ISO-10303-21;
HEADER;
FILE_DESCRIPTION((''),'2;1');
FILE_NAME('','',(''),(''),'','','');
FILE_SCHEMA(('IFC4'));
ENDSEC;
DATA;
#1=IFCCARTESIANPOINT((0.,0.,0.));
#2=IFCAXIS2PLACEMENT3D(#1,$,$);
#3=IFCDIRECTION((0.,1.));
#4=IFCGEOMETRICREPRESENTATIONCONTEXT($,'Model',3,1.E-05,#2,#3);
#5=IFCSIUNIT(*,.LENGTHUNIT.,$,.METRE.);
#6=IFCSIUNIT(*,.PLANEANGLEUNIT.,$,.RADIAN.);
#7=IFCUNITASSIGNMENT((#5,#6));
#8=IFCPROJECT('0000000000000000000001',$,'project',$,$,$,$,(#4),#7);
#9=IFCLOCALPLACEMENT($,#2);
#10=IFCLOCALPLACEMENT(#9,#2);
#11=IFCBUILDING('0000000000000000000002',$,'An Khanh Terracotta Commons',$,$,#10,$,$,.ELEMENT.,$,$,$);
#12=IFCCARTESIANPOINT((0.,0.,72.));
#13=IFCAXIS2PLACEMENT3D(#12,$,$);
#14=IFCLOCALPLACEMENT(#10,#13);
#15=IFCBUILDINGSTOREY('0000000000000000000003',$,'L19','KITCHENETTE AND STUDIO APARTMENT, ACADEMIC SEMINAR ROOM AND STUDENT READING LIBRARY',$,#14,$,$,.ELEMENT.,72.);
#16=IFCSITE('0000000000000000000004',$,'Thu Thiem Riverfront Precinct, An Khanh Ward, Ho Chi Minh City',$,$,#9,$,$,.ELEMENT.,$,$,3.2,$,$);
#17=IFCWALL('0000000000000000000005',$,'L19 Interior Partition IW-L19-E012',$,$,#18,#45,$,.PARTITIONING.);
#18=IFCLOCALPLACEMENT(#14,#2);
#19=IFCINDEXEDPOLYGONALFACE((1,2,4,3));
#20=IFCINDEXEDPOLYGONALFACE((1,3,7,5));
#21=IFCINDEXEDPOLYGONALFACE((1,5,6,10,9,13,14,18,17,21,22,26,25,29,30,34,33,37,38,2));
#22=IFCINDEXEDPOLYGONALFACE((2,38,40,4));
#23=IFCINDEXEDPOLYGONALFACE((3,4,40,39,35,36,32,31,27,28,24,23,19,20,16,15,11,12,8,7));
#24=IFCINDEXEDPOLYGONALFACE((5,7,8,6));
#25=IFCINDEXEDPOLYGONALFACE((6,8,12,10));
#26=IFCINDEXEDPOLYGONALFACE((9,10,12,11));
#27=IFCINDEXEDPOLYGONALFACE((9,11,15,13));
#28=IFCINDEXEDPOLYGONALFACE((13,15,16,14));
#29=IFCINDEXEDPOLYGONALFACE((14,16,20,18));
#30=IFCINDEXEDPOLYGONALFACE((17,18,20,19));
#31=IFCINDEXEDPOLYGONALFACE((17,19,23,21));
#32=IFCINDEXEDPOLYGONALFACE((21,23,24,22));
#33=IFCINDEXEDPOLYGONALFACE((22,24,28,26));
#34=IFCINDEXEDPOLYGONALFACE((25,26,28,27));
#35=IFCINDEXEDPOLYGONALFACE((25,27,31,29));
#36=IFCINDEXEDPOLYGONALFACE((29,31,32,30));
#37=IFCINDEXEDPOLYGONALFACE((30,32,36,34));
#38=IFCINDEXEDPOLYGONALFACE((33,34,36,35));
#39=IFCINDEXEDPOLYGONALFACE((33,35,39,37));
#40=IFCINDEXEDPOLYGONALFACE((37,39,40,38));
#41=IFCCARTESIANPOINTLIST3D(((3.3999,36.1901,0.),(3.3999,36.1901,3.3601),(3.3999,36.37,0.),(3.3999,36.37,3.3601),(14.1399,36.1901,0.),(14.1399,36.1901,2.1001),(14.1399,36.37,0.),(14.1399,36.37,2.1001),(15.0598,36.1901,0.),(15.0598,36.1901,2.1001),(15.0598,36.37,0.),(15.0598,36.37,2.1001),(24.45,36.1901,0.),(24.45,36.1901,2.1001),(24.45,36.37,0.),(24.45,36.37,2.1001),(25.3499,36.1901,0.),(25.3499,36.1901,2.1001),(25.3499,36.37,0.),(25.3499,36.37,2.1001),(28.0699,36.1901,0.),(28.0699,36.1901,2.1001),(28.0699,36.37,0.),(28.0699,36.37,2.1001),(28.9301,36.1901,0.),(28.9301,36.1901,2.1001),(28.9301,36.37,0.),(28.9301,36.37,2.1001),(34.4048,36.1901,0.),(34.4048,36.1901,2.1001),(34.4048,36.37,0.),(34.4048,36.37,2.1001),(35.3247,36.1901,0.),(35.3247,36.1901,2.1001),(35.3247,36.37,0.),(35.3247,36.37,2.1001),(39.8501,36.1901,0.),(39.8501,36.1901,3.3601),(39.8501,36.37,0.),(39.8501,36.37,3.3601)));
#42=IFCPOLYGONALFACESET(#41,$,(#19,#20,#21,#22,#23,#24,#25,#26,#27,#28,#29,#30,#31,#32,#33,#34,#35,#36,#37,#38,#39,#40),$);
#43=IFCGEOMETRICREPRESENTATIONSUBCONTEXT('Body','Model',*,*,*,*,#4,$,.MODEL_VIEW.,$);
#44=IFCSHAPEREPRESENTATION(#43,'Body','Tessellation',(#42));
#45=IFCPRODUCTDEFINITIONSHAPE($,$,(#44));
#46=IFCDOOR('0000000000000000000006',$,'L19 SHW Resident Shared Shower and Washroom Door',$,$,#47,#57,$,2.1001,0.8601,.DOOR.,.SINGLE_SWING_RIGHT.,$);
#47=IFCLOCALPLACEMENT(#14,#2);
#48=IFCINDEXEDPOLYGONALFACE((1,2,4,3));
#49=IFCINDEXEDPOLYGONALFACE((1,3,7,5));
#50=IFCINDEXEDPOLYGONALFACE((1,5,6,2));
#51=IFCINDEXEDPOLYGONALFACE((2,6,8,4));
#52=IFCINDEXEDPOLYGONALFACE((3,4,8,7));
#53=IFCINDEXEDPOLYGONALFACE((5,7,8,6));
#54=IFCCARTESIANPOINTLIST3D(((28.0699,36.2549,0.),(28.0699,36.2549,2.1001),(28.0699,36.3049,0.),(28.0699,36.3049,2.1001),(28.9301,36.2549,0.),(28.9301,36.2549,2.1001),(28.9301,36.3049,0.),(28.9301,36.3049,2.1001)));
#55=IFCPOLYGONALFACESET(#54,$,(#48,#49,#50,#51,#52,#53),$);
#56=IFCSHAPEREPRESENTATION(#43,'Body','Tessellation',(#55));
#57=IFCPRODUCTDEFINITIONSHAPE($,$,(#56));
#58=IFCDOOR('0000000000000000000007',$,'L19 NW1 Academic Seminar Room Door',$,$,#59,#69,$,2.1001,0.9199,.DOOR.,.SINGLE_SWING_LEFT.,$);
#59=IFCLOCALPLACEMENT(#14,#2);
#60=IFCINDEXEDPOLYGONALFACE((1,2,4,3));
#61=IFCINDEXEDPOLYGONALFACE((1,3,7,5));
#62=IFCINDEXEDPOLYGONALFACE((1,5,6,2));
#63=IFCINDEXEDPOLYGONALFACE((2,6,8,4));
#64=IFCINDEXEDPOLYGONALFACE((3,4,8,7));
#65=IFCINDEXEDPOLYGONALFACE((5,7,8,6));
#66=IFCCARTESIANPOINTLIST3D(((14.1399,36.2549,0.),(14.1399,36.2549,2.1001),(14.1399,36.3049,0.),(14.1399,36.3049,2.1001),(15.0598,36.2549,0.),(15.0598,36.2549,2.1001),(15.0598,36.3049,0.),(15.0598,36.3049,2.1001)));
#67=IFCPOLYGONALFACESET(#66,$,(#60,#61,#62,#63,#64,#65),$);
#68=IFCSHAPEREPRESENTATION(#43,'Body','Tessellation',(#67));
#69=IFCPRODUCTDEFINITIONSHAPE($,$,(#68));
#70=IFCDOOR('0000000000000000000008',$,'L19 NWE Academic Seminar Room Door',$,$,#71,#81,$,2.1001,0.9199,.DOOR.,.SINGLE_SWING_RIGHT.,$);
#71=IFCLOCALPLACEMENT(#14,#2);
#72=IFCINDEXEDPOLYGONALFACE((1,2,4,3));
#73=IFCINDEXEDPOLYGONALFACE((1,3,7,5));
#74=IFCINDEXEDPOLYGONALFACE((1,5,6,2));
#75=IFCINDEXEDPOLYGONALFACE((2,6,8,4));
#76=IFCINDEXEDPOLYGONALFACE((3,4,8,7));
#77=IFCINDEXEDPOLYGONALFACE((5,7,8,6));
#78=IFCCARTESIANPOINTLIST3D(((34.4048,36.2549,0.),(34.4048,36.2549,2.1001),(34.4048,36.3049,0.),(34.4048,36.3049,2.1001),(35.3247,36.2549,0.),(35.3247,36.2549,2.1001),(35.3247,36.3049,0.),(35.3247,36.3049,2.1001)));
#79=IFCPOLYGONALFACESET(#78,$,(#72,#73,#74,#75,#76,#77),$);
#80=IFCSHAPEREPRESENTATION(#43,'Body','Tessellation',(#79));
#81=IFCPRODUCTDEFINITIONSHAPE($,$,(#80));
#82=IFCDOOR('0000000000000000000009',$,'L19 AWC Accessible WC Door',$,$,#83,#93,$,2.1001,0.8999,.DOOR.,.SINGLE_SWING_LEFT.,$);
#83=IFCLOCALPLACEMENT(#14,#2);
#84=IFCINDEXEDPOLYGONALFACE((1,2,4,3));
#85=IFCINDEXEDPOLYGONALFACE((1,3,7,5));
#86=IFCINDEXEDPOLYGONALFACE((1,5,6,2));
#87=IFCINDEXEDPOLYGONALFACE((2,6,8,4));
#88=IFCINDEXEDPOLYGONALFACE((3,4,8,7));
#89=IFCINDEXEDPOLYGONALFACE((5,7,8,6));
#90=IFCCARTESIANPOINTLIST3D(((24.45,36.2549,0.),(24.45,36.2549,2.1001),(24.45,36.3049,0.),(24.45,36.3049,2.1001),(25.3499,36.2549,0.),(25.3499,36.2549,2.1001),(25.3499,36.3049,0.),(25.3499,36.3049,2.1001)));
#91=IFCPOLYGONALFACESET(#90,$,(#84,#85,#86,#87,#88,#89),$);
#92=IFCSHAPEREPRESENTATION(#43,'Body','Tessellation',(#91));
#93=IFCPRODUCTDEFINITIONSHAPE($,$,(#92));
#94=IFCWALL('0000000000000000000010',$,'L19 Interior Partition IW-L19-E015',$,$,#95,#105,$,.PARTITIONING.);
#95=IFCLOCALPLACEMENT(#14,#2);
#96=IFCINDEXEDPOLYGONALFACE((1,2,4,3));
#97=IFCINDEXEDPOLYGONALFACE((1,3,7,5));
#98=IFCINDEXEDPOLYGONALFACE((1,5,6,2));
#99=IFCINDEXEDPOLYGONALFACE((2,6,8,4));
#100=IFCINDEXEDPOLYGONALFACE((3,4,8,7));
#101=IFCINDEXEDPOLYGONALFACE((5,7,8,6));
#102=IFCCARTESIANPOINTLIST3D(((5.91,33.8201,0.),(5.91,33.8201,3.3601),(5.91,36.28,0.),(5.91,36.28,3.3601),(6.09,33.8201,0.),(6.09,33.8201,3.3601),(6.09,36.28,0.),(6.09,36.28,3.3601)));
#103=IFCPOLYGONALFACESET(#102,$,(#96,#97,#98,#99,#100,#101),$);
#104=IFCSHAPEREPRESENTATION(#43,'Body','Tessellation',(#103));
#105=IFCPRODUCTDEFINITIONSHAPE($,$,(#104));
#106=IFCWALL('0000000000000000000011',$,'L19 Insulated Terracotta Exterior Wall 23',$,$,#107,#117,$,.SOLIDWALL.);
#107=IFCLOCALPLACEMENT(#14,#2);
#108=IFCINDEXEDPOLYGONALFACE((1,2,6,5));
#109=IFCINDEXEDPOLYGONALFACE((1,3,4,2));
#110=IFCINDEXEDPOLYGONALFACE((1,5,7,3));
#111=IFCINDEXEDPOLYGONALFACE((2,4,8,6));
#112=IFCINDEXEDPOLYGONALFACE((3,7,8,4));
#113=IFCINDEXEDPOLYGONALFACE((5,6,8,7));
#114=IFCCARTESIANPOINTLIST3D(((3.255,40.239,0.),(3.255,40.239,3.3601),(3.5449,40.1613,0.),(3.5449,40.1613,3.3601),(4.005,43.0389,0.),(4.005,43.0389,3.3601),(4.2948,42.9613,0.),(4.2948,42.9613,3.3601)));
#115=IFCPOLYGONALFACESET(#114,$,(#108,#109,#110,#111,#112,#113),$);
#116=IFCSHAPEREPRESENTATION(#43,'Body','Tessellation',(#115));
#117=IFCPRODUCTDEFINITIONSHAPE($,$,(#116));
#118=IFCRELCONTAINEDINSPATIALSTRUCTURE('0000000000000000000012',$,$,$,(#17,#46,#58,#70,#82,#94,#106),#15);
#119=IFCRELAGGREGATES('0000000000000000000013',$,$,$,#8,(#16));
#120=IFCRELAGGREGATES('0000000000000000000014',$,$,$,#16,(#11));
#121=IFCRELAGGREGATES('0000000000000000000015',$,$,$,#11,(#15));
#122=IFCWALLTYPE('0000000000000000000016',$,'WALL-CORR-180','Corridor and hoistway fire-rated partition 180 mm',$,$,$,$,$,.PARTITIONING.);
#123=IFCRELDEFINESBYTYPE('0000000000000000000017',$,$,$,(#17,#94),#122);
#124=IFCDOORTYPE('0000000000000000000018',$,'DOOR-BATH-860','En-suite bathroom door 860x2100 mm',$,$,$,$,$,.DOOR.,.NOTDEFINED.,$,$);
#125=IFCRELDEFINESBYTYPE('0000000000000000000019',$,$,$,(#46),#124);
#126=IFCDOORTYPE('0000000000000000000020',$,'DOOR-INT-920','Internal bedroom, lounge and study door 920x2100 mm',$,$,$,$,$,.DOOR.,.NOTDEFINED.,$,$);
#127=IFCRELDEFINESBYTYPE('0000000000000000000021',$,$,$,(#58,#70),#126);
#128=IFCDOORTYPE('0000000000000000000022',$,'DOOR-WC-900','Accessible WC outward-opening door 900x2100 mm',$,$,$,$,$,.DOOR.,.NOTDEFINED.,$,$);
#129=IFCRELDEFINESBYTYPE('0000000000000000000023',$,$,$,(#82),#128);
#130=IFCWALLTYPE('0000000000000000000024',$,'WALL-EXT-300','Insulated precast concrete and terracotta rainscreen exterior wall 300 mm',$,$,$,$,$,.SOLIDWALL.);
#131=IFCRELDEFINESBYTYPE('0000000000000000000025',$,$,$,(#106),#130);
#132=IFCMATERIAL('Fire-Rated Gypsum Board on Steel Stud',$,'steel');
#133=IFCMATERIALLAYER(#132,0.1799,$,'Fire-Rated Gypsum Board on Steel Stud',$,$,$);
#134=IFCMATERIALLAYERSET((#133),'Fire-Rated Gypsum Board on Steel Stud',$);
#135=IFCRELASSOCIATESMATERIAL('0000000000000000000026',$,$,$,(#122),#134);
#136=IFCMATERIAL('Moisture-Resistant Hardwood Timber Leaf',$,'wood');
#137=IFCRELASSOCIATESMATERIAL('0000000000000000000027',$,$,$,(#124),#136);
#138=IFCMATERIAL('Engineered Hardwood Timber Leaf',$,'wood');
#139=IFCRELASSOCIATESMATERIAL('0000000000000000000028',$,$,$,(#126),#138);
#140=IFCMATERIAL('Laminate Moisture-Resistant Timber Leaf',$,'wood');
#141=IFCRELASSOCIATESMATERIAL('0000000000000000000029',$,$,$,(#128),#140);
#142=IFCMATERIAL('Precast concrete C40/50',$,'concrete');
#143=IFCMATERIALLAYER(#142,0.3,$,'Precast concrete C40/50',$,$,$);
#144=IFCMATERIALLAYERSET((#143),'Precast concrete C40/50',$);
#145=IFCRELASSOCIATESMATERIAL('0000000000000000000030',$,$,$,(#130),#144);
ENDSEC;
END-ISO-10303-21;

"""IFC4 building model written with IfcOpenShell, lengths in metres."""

from ifc_helpers import new_model, si_unit, direction, frame, frame_2d, origin, place, context, subcontext, project, spatial, rectangle, extrude, material, layer, layer_set, type_object, element, fill, save


model = new_model("IFC4")

# Units and contexts
model_context = context("Model", 3, precision=1e-05, world=origin(), true_north=direction((0.0, 1.0)))
body_context = subcontext(model_context, "Body", "Model", "MODEL_VIEW")
ifc_project = project(units=[si_unit("LENGTHUNIT", "METRE"), si_unit("PLANEANGLEUNIT", "RADIAN")], contexts=[model_context])

# Site, building, storey
site_placement = place(None, origin())
site = spatial("IfcSite", under=ifc_project, at=site_placement, Name="Thu Thiem Riverfront Precinct, An Khanh Ward, Ho Chi Minh City", CompositionType="ELEMENT", RefElevation=3.2)
building_placement = place(site_placement, origin())
building = spatial("IfcBuilding", under=site, at=building_placement, Name="An Khanh Terracotta Commons", CompositionType="ELEMENT")
storey_placement = place(building_placement, frame((0.0, 0.0, 72.0)))
storey = spatial("IfcBuildingStorey", under=building, at=storey_placement, Name="L19", Description="KITCHENETTE AND STUDIO APARTMENT, ACADEMIC SEMINAR ROOM AND STUDENT READING LIBRARY", CompositionType="ELEMENT", Elevation=72.0)

# Shared definitions
ifc_material_1 = material(Name="Fire-Rated Gypsum Board on Steel Stud", Category="steel")
ifc_layer_1 = layer(ifc_material_1, 0.1799, Name="Fire-Rated Gypsum Board on Steel Stud")
ifc_layer_set_1 = layer_set([ifc_layer_1], Name="Fire-Rated Gypsum Board on Steel Stud")
wall_type_1 = type_object("IfcWallType", Name="WALL-CORR-180", Description="Corridor and hoistway fire-rated partition 180 mm", PredefinedType="PARTITIONING", material=ifc_layer_set_1)

# Wall, openings, doors
wall_1_placement = place(storey_placement, frame((3.3999, 36.28, 0.0), z_axis=(0.0, 0.0, 1.0), x_axis=(1.0, 0.0, 0.0)))
wall_1 = element("IfcWall", 1, at=wall_1_placement, inside=storey, type_object=wall_type_1, Name="L19 Interior Partition IW-L19-E012", PredefinedType="PARTITIONING", context=body_context, shape_type="SweptSolid", body=[
    extrude(rectangle(XDim=36.4502, YDim=0.1799, at=frame_2d((18.2251, 0.0))), origin(), (0.0, 0.0, 1.0), 3.3601),
])
opening_1_placement = place(wall_1_placement, frame((21.05, 0.0, 0.0)))
opening_1 = element("IfcOpeningElement", 2, at=opening_1_placement, cuts=wall_1, PredefinedType="OPENING", context=body_context, shape_type="SweptSolid", body=[
    extrude(rectangle(XDim=0.8999, YDim=2.1001, at=frame_2d((0.45, 1.05))), frame((0.0, 0.0999, 0.0), z_axis=(0.0, -1.0, 0.0), x_axis=(1.0, 0.0, 0.0)), (0.0, 0.0, 1.0), 0.2),
])
opening_2_placement = place(wall_1_placement, frame((24.6699, 0.0, 0.0)))
opening_2 = element("IfcOpeningElement", 3, at=opening_2_placement, cuts=wall_1, PredefinedType="OPENING", context=body_context, shape_type="SweptSolid", body=[
    extrude(rectangle(XDim=0.8601, YDim=2.1001, at=frame_2d((0.4302, 1.05))), frame((0.0, 0.0999, 0.0), z_axis=(0.0, -1.0, 0.0), x_axis=(1.0, 0.0, 0.0)), (0.0, 0.0, 1.0), 0.2),
])
opening_3_placement = place(wall_1_placement, frame((10.74, 0.0, 0.0)))
opening_3 = element("IfcOpeningElement", 4, at=opening_3_placement, cuts=wall_1, PredefinedType="OPENING", context=body_context, shape_type="SweptSolid", body=[
    extrude(rectangle(XDim=0.9199, YDim=2.1001, at=frame_2d((0.46, 1.05))), frame((0.0, 0.0999, 0.0), z_axis=(0.0, -1.0, 0.0), x_axis=(1.0, 0.0, 0.0)), (0.0, 0.0, 1.0), 0.2),
])
opening_4_placement = place(wall_1_placement, frame((31.0049, 0.0, 0.0)))
opening_4 = element("IfcOpeningElement", 5, at=opening_4_placement, cuts=wall_1, PredefinedType="OPENING", context=body_context, shape_type="SweptSolid", body=[
    extrude(rectangle(XDim=0.9199, YDim=2.1001, at=frame_2d((0.46, 1.05))), frame((0.0, 0.0999, 0.0), z_axis=(0.0, -1.0, 0.0), x_axis=(1.0, 0.0, 0.0)), (0.0, 0.0, 1.0), 0.2),
])
ifc_material_2 = material(Name="Moisture-Resistant Hardwood Timber Leaf", Category="wood")
door_type_1 = type_object("IfcDoorType", Name="DOOR-BATH-860", Description="En-suite bathroom door 860x2100 mm", OperationType="NOTDEFINED", PredefinedType="DOOR", material=ifc_material_2)
door_1_placement = place(opening_2_placement, origin())
door_1 = element("IfcDoor", 6, at=door_1_placement, inside=storey, type_object=door_type_1, Name="L19 SHW Resident Shared Shower and Washroom Door", OperationType="SINGLE_SWING_RIGHT", OverallHeight=2.1001, OverallWidth=0.8601, PredefinedType="DOOR", context=body_context, shape_type="SweptSolid", body=[
    extrude(rectangle(XDim=0.8601, YDim=2.1001, at=frame_2d((0.4302, 1.05))), frame((0.0, 0.0249, 0.0), z_axis=(0.0, -1.0, 0.0), x_axis=(1.0, 0.0, 0.0)), (0.0, 0.0, 1.0), 0.05),
])
fill(opening_2, door_1)
ifc_material_3 = material(Name="Engineered Hardwood Timber Leaf", Category="wood")
door_type_2 = type_object("IfcDoorType", Name="DOOR-INT-920", Description="Internal bedroom, lounge and study door 920x2100 mm", OperationType="NOTDEFINED", PredefinedType="DOOR", material=ifc_material_3)
door_2_placement = place(opening_3_placement, origin())
door_2 = element("IfcDoor", 7, at=door_2_placement, inside=storey, type_object=door_type_2, Name="L19 NW1 Academic Seminar Room Door", OperationType="SINGLE_SWING_LEFT", OverallHeight=2.1001, OverallWidth=0.9199, PredefinedType="DOOR", context=body_context, shape_type="SweptSolid", body=[
    extrude(rectangle(XDim=0.9199, YDim=2.1001, at=frame_2d((0.46, 1.05))), frame((0.0, 0.0249, 0.0), z_axis=(0.0, -1.0, 0.0), x_axis=(1.0, 0.0, 0.0)), (0.0, 0.0, 1.0), 0.05),
])
fill(opening_3, door_2)
door_3_placement = place(opening_4_placement, origin())
door_3 = element("IfcDoor", 8, at=door_3_placement, inside=storey, type_object=door_type_2, Name="L19 NWE Academic Seminar Room Door", OperationType="SINGLE_SWING_RIGHT", OverallHeight=2.1001, OverallWidth=0.9199, PredefinedType="DOOR", context=body_context, shape_type="SweptSolid", body=[
    extrude(rectangle(XDim=0.9199, YDim=2.1001, at=frame_2d((0.46, 1.05))), frame((0.0, 0.0249, 0.0), z_axis=(0.0, -1.0, 0.0), x_axis=(1.0, 0.0, 0.0)), (0.0, 0.0, 1.0), 0.05),
])
fill(opening_4, door_3)
ifc_material_4 = material(Name="Laminate Moisture-Resistant Timber Leaf", Category="wood")
door_type_3 = type_object("IfcDoorType", Name="DOOR-WC-900", Description="Accessible WC outward-opening door 900x2100 mm", OperationType="NOTDEFINED", PredefinedType="DOOR", material=ifc_material_4)
door_4_placement = place(opening_1_placement, origin())
door_4 = element("IfcDoor", 9, at=door_4_placement, inside=storey, type_object=door_type_3, Name="L19 AWC Accessible WC Door", OperationType="SINGLE_SWING_LEFT", OverallHeight=2.1001, OverallWidth=0.8999, PredefinedType="DOOR", context=body_context, shape_type="SweptSolid", body=[
    extrude(rectangle(XDim=0.8999, YDim=2.1001, at=frame_2d((0.45, 1.05))), frame((0.0, 0.0249, 0.0), z_axis=(0.0, -1.0, 0.0), x_axis=(1.0, 0.0, 0.0)), (0.0, 0.0, 1.0), 0.05),
])
fill(opening_1, door_4)

# Walls
wall_2_placement = place(storey_placement, frame((6.0, 33.8201, 0.0), z_axis=(0.0, 0.0, 1.0), x_axis=(0.0, 1.0, 0.0)))
element("IfcWall", 10, at=wall_2_placement, inside=storey, type_object=wall_type_1, Name="L19 Interior Partition IW-L19-E015", PredefinedType="PARTITIONING", context=body_context, shape_type="SweptSolid", body=[
    extrude(rectangle(XDim=2.46, YDim=0.1799, at=frame_2d((1.23, 0.0))), origin(), (0.0, 0.0, 1.0), 3.3601),
])
ifc_material_5 = material(Name="Precast concrete C40/50", Category="concrete")
ifc_layer_2 = layer(ifc_material_5, 0.3, Name="Precast concrete C40/50")
ifc_layer_set_2 = layer_set([ifc_layer_2], Name="Precast concrete C40/50")
wall_type_2 = type_object("IfcWallType", Name="WALL-EXT-300", Description="Insulated precast concrete and terracotta rainscreen exterior wall 300 mm", PredefinedType="SOLIDWALL", material=ifc_layer_set_2)
wall_3_placement = place(storey_placement, frame((4.1499, 43.0, 0.0), z_axis=(0.0, 0.0, 1.0), x_axis=(-0.258732, -0.965949, 0.0)))
element("IfcWall", 11, at=wall_3_placement, inside=storey, type_object=wall_type_2, Name="L19 Insulated Terracotta Exterior Wall 23", PredefinedType="SOLIDWALL", context=body_context, shape_type="SweptSolid", body=[
    extrude(rectangle(XDim=2.8987, YDim=0.3, at=frame_2d((1.4492, 0.0))), origin(), (0.0, 0.0, 1.0), 3.3601),
])

save(model, "model.ifc")
